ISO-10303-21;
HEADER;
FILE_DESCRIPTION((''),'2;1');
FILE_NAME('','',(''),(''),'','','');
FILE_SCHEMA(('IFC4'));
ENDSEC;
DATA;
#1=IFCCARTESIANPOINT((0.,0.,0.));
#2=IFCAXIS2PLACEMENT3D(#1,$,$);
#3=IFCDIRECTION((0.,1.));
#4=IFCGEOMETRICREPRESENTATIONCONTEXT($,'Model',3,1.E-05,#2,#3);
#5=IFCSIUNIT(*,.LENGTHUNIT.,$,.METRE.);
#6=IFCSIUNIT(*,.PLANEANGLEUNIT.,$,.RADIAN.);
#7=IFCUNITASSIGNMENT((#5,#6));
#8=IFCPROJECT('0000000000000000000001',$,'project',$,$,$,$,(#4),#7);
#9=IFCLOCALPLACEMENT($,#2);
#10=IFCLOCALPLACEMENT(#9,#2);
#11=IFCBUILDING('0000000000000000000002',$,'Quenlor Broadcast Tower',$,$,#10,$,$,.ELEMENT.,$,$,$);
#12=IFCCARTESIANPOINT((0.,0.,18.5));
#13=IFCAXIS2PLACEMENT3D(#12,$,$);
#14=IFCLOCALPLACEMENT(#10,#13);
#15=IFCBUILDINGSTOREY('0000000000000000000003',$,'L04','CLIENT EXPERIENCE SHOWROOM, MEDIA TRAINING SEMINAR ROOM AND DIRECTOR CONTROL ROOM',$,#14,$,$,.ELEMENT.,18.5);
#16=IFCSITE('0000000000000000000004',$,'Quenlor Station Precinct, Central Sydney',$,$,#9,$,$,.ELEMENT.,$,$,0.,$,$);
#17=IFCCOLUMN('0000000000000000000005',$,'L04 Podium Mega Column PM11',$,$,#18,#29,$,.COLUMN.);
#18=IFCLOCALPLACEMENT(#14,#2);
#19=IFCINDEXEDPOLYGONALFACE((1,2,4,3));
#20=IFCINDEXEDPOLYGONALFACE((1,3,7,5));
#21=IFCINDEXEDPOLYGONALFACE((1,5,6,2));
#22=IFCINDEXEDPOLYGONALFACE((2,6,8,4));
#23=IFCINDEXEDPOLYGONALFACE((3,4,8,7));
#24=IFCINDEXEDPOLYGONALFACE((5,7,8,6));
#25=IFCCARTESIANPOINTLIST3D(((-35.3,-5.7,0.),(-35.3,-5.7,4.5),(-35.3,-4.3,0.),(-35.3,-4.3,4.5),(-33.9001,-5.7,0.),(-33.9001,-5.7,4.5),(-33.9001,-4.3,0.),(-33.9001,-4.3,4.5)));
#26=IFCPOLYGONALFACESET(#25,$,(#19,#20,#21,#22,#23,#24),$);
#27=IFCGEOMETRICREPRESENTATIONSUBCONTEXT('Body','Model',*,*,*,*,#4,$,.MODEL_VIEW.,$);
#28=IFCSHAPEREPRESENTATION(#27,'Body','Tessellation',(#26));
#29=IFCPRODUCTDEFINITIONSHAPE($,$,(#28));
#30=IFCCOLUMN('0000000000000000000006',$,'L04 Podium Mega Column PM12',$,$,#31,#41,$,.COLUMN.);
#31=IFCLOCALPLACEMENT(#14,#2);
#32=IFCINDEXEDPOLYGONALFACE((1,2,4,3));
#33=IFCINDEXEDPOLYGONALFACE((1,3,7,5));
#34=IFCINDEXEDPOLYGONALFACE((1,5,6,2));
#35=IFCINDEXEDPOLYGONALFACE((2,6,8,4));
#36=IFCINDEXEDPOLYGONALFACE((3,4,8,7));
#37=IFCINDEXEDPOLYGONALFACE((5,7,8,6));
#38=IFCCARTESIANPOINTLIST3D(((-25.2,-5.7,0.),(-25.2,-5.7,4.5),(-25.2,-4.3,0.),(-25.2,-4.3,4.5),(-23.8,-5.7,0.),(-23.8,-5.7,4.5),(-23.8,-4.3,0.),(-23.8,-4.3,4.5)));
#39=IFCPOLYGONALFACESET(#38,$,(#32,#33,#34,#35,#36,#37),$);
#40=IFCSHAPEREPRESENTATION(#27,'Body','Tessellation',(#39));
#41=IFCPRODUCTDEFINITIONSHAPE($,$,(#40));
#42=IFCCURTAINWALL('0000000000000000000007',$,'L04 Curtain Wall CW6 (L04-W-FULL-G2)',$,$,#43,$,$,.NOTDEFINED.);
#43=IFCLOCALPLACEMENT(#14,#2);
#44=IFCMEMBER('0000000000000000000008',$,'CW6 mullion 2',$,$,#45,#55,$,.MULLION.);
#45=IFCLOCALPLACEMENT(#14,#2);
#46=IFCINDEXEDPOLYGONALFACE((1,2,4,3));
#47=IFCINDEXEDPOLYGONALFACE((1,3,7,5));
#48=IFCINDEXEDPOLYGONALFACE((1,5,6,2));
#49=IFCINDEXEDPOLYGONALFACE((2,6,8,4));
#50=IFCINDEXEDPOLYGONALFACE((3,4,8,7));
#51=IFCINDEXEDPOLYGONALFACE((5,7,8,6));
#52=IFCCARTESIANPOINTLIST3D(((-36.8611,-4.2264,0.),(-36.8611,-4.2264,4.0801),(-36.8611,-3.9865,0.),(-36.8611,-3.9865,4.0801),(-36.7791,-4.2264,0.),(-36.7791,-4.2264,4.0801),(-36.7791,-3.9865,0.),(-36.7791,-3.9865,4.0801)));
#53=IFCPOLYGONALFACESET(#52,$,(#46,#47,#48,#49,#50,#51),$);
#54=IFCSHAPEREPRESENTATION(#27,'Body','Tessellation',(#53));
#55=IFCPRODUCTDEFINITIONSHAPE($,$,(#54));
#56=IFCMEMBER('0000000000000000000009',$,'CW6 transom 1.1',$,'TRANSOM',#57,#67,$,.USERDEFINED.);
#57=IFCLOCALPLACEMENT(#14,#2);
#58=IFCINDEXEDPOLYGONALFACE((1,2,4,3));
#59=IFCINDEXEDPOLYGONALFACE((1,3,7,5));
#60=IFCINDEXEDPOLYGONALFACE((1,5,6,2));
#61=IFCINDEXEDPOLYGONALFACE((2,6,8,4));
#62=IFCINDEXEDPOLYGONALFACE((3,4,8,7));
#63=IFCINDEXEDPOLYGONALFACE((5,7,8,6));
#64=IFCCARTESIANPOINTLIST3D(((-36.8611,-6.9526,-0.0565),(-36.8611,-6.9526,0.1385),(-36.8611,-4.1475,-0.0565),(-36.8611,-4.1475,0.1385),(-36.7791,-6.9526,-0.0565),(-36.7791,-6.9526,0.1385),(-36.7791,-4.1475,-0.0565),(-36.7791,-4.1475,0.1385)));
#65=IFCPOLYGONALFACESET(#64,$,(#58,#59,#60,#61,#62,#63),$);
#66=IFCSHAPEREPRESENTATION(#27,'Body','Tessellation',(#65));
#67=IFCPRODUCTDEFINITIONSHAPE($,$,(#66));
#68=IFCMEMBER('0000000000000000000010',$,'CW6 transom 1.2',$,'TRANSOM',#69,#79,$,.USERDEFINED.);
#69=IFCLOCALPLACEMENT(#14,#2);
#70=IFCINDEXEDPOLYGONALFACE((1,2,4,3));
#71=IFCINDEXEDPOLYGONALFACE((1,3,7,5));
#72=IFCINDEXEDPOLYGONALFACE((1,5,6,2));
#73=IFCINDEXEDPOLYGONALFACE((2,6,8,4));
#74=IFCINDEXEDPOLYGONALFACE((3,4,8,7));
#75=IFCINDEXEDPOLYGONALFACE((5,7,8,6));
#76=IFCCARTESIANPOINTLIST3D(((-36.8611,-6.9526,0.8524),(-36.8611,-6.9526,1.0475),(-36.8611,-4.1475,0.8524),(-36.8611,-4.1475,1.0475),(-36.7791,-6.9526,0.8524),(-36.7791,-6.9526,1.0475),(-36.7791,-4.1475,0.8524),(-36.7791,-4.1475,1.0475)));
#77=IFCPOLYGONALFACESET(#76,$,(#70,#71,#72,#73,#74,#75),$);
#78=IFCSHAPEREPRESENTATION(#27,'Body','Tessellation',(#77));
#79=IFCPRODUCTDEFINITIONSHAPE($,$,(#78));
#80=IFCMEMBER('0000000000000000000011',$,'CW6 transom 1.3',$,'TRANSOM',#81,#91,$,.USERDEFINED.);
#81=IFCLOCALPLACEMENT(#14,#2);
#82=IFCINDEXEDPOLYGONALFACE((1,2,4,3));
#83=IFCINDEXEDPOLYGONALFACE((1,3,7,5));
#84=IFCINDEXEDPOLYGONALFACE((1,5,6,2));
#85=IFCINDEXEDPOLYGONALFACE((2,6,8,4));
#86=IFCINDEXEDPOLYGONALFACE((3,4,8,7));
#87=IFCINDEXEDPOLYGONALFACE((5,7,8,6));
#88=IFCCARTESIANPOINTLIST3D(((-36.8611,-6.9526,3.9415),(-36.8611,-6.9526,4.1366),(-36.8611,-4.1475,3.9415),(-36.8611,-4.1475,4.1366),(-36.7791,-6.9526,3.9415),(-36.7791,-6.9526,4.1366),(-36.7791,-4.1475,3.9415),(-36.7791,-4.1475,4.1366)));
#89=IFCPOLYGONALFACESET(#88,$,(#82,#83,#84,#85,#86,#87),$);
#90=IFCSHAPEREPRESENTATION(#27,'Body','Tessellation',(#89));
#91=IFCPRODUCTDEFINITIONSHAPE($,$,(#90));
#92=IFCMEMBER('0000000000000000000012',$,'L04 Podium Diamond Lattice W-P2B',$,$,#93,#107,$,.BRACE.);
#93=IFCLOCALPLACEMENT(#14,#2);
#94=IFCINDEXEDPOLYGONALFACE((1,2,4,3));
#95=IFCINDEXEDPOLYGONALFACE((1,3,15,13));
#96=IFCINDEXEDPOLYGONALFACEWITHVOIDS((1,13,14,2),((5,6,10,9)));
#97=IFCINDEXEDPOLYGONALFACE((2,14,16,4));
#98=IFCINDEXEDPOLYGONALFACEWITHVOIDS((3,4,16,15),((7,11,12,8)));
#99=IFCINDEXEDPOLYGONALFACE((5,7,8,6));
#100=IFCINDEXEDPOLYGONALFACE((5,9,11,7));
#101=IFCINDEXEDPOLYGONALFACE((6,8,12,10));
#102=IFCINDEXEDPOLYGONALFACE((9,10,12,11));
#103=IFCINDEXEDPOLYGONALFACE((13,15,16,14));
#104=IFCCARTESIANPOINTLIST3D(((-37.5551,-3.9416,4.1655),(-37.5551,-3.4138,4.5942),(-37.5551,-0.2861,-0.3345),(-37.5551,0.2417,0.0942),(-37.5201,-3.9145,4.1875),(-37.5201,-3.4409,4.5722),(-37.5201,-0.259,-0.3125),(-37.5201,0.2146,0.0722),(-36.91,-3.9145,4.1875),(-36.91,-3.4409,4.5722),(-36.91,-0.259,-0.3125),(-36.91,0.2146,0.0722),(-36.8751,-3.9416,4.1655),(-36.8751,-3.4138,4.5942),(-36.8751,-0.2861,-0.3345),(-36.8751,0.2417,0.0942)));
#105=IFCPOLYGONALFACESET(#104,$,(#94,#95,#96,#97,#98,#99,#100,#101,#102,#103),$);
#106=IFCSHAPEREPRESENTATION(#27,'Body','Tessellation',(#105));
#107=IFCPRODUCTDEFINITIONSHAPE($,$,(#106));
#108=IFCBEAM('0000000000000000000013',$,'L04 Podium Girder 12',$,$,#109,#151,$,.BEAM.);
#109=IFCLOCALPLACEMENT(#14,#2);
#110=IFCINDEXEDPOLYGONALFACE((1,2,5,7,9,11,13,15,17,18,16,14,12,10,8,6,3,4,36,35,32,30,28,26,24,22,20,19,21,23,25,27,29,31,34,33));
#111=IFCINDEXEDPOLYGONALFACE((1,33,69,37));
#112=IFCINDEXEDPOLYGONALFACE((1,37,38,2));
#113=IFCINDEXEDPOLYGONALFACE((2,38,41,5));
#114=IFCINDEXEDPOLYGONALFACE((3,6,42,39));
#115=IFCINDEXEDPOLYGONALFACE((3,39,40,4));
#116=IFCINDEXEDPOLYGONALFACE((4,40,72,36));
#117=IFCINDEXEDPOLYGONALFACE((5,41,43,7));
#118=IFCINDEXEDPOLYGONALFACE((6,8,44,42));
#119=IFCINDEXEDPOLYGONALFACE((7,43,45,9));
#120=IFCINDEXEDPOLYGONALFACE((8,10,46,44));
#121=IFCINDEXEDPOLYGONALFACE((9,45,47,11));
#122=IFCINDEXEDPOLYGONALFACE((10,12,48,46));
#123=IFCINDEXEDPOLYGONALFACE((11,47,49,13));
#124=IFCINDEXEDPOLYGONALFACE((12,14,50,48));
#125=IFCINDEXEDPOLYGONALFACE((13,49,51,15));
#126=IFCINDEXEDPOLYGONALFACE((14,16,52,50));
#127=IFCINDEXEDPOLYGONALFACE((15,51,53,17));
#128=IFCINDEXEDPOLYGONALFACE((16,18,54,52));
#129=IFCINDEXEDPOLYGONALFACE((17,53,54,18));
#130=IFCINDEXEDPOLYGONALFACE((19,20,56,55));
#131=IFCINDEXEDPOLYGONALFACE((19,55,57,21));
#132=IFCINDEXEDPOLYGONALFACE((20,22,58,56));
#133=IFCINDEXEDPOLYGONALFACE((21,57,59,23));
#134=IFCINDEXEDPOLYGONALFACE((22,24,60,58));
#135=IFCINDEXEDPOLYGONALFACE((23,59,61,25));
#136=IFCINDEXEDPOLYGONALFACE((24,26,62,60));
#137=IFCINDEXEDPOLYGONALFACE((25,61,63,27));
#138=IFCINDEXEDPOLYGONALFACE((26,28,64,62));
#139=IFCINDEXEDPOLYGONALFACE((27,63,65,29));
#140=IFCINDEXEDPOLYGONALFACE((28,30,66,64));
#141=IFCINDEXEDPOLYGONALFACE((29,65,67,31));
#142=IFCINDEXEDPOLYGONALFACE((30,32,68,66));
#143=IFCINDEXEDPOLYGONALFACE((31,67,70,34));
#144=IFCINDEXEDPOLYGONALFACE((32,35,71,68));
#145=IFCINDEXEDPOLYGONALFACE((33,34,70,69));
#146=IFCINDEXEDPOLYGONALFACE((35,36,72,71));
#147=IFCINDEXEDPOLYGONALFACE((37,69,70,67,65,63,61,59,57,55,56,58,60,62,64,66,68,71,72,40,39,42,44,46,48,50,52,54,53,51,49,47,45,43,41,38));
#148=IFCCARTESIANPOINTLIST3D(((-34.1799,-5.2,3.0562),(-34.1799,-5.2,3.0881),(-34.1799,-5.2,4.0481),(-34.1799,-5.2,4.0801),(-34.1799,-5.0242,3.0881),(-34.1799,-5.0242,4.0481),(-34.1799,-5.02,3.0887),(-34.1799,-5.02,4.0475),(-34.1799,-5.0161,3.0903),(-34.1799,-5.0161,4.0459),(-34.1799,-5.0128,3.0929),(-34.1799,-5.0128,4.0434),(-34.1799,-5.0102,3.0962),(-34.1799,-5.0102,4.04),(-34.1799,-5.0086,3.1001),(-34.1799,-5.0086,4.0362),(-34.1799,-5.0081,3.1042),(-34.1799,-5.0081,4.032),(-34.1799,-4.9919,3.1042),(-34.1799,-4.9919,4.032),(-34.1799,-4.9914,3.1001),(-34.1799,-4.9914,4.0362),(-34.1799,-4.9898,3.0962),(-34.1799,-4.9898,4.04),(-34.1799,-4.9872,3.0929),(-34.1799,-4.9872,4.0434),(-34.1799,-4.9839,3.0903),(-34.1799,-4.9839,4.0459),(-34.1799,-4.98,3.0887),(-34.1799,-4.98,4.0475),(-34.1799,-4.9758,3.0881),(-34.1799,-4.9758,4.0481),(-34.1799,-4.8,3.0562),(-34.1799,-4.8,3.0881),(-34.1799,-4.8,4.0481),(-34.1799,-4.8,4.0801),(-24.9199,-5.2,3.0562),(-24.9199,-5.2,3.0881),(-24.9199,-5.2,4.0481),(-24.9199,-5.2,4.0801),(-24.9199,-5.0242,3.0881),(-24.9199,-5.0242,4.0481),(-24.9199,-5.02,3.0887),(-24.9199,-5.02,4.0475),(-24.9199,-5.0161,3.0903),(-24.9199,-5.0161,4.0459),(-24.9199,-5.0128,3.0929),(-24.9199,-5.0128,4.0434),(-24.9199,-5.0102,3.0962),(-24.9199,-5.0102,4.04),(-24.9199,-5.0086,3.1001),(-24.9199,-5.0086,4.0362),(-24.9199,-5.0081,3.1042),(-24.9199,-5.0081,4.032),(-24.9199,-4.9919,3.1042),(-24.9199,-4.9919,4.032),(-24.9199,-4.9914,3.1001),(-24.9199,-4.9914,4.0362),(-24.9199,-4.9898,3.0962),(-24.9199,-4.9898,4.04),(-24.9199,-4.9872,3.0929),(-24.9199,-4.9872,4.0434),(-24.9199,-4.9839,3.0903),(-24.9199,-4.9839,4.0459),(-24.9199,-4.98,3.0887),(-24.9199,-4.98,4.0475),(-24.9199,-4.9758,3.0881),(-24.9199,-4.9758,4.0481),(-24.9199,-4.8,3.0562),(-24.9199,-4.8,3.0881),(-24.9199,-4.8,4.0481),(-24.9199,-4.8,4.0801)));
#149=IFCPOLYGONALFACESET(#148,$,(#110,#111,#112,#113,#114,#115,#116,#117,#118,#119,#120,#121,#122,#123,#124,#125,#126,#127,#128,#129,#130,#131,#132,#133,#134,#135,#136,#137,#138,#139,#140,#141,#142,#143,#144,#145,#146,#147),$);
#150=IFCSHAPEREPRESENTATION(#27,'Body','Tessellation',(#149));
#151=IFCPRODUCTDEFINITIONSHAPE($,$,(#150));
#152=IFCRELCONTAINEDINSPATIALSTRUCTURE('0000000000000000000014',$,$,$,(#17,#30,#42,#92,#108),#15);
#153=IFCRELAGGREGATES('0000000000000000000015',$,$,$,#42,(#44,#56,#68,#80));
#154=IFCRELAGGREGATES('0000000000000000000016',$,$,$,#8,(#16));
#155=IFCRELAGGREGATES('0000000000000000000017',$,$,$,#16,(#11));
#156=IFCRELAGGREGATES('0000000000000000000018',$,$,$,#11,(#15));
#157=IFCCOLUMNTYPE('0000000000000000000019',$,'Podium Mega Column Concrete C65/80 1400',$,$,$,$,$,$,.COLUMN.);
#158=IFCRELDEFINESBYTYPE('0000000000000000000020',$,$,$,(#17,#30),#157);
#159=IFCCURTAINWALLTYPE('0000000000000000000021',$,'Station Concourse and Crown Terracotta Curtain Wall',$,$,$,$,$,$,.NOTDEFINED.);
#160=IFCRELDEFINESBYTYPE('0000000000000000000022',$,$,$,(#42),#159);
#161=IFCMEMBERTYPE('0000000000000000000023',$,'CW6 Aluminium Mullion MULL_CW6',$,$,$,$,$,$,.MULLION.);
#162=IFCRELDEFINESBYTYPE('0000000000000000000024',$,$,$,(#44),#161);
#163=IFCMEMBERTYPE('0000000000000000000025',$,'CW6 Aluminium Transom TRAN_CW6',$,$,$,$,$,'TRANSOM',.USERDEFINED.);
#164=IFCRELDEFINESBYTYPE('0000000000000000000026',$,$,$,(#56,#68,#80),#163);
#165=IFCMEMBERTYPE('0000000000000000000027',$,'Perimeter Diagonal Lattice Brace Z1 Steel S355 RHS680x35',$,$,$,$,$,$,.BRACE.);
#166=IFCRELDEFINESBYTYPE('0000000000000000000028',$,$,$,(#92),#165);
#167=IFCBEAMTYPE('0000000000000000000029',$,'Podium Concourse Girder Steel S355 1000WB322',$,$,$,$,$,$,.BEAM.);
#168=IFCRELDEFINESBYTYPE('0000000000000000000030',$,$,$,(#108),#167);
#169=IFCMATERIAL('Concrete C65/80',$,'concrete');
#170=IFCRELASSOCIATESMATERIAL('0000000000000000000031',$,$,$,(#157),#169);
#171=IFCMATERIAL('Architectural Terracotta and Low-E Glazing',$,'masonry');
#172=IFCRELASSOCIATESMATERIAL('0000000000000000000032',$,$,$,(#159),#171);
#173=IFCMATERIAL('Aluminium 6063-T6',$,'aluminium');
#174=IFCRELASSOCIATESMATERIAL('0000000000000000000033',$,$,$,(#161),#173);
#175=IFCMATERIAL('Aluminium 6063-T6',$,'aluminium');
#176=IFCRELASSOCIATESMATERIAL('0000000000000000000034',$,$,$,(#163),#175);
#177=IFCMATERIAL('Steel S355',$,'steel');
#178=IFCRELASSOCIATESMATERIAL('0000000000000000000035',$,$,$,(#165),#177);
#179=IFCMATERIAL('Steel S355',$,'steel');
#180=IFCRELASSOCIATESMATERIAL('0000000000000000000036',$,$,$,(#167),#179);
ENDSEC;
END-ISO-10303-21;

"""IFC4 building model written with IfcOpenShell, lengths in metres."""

from ifc_helpers import new_model, si_unit, direction, frame, origin, origin_2d, place, context, subcontext, project, spatial, rectangle, hollow_rectangle, i_section, extrude, material, material_profile, profile_set, type_object, element, aggregate, save


model = new_model("IFC4")

# Units and contexts
model_context = context("Model", 3, precision=1e-05, world=origin(), true_north=direction((0.0, 1.0)))
body_context = subcontext(model_context, "Body", "Model", "MODEL_VIEW")
ifc_project = project(units=[si_unit("LENGTHUNIT", "METRE"), si_unit("PLANEANGLEUNIT", "RADIAN")], contexts=[model_context])

# Site, building, storey
site_placement = place(None, origin())
site = spatial("IfcSite", under=ifc_project, at=site_placement, Name="Quenlor Station Precinct, Central Sydney", CompositionType="ELEMENT", RefElevation=0.0)
building_placement = place(site_placement, origin())
building = spatial("IfcBuilding", under=site, at=building_placement, Name="Quenlor Broadcast Tower", CompositionType="ELEMENT")
storey_placement = place(building_placement, frame((0.0, 0.0, 18.5)))
storey = spatial("IfcBuildingStorey", under=building, at=storey_placement, Name="L04", Description="CLIENT EXPERIENCE SHOWROOM, MEDIA TRAINING SEMINAR ROOM AND DIRECTOR CONTROL ROOM", CompositionType="ELEMENT", Elevation=18.5)

# Columns
ifc_material_1 = material(Name="Concrete C65/80", Category="concrete")
ifc_material_profile_1 = material_profile(ifc_material_1, rectangle(XDim=1.3999, YDim=1.3999, at=origin_2d()))
ifc_profile_set_1 = profile_set([ifc_material_profile_1], Name="Concrete C65/80 RC1400x1400")
column_type = type_object("IfcColumnType", Name="Podium Mega Column Concrete C65/80 1400", PredefinedType="COLUMN", material=ifc_profile_set_1)
for number, where, z_axis, x_axis, name in (
    (1, (-34.6001, -5.0, 0.0), (0.0, 0.0, 1.0), (1.0, 0.0, 0.0), "L04 Podium Mega Column PM11"),
    (2, (-24.5, -5.0, 0.0), (0.0, 0.0, 1.0), (1.0, 0.0, 0.0), "L04 Podium Mega Column PM12"),
):
    element("IfcColumn", number, at=place(storey_placement, frame(where, z_axis=z_axis, x_axis=x_axis)), inside=storey, type_object=column_type, Name=name, PredefinedType="COLUMN", context=body_context, shape_type="SweptSolid", body=[
        extrude(rectangle(XDim=1.3999, YDim=1.3999, at=origin_2d()), origin(), (0.0, 0.0, 1.0), 4.5),
    ])

# Curtain wall, members
ifc_material_2 = material(Name="Architectural Terracotta and Low-E Glazing", Category="masonry")
curtain_wall_type = type_object("IfcCurtainWallType", Name="Station Concourse and Crown Terracotta Curtain Wall", PredefinedType="NOTDEFINED", material=ifc_material_2)
curtain_wall_placement = place(storey_placement, origin())
curtain_wall = element("IfcCurtainWall", 3, at=curtain_wall_placement, inside=storey, type_object=curtain_wall_type, Name="L04 Curtain Wall CW6 (L04-W-FULL-G2)", PredefinedType="NOTDEFINED")
ifc_material_3 = material(Name="Aluminium 6063-T6", Category="aluminium")
ifc_material_profile_2 = material_profile(ifc_material_3, rectangle(XDim=0.082, YDim=0.24, at=origin_2d()))
ifc_profile_set_2 = profile_set([ifc_material_profile_2], Name="Aluminium 6063-T6 MULL82x240")
member_type_1 = type_object("IfcMemberType", Name="CW6 Aluminium Mullion MULL_CW6", PredefinedType="MULLION", material=ifc_profile_set_2)
member_1_placement = place(storey_placement, frame((-36.8201, -4.1064, 0.0), z_axis=(0.0, 0.0, 1.0), x_axis=(-1.0, 0.0, 0.0)))
member_1 = element("IfcMember", 4, at=member_1_placement, type_object=member_type_1, Name="CW6 mullion 2", PredefinedType="MULLION", context=body_context, shape_type="SweptSolid", body=[
    extrude(rectangle(XDim=0.082, YDim=0.24, at=origin_2d()), origin(), (0.0, 0.0, 1.0), 4.0801),
])
ifc_material_4 = material(Name="Aluminium 6063-T6", Category="aluminium")
ifc_material_profile_3 = material_profile(ifc_material_4, rectangle(XDim=0.082, YDim=0.1951, at=origin_2d()))
ifc_profile_set_3 = profile_set([ifc_material_profile_3], Name="Aluminium 6063-T6 TRAN82x195")
member_type_2 = type_object("IfcMemberType", Name="CW6 Aluminium Transom TRAN_CW6", ElementType="TRANSOM", PredefinedType="USERDEFINED", material=ifc_profile_set_3)
member_2_placement = place(storey_placement, frame((-36.8201, -6.9526, 0.041), z_axis=(0.0, 1.0, 0.0), x_axis=(-1.0, 0.0, 0.0)))
member_2 = element("IfcMember", 5, at=member_2_placement, type_object=member_type_2, Name="CW6 transom 1.1", ObjectType="TRANSOM", PredefinedType="USERDEFINED", context=body_context, shape_type="SweptSolid", body=[
    extrude(rectangle(XDim=0.082, YDim=0.1951, at=origin_2d()), origin(), (0.0, 0.0, 1.0), 2.8052),
])
member_3_placement = place(storey_placement, frame((-36.8201, -6.9526, 0.95), z_axis=(0.0, 1.0, 0.0), x_axis=(-1.0, 0.0, 0.0)))
member_3 = element("IfcMember", 6, at=member_3_placement, type_object=member_type_2, Name="CW6 transom 1.2", ObjectType="TRANSOM", PredefinedType="USERDEFINED", context=body_context, shape_type="SweptSolid", body=[
    extrude(rectangle(XDim=0.082, YDim=0.1951, at=origin_2d()), origin(), (0.0, 0.0, 1.0), 2.8052),
])
member_4_placement = place(storey_placement, frame((-36.8201, -6.9526, 4.0391), z_axis=(0.0, 1.0, 0.0), x_axis=(-1.0, 0.0, 0.0)))
member_4 = element("IfcMember", 7, at=member_4_placement, type_object=member_type_2, Name="CW6 transom 1.3", ObjectType="TRANSOM", PredefinedType="USERDEFINED", context=body_context, shape_type="SweptSolid", body=[
    extrude(rectangle(XDim=0.082, YDim=0.1951, at=origin_2d()), origin(), (0.0, 0.0, 1.0), 2.8052),
])

# Member
ifc_material_5 = material(Name="Steel S355", Category="steel")
ifc_material_profile_4 = material_profile(ifc_material_5, hollow_rectangle(XDim=0.6799, YDim=0.6799, WallThickness=0.0349, at=origin_2d()))
ifc_profile_set_4 = profile_set([ifc_material_profile_4], Name="Steel S355 RHS680x680x35")
member_type_3 = type_object("IfcMemberType", Name="Perimeter Diagonal Lattice Brace Z1 Steel S355 RHS680x35", PredefinedType="BRACE", material=ifc_profile_set_4)
member_5_placement = place(storey_placement, frame((-37.2151, -0.0222, -0.1201), z_axis=(0.0, -0.630517, 0.776176), x_axis=(1.0, 0.0, 0.0)))
element("IfcMember", 8, at=member_5_placement, inside=storey, type_object=member_type_3, Name="L04 Podium Diamond Lattice W-P2B", PredefinedType="BRACE", context=body_context, shape_type="SweptSolid", body=[
    extrude(hollow_rectangle(XDim=0.6799, YDim=0.6799, WallThickness=0.0349, at=origin_2d()), origin(), (0.0, 0.0, 1.0), 5.7976),
])

# Beam
ifc_material_6 = material(Name="Steel S355", Category="steel")
ifc_material_profile_5 = material_profile(ifc_material_6, i_section(OverallWidth=0.3999, OverallDepth=1.0239, WebThickness=0.0161, FlangeThickness=0.032, FilletRadius=0.0161, at=origin_2d()))
ifc_profile_set_5 = profile_set([ifc_material_profile_5], Name="Steel S355 1000WB322")
beam_type_1 = type_object("IfcBeamType", Name="Podium Concourse Girder Steel S355 1000WB322", PredefinedType="BEAM", material=ifc_profile_set_5)
beam_1_placement = place(storey_placement, frame((-34.1799, -5.0, 3.5681), z_axis=(1.0, 0.0, 0.0), x_axis=(0.0, 1.0, 0.0)))
element("IfcBeam", 9, at=beam_1_placement, inside=storey, type_object=beam_type_1, Name="L04 Podium Girder 12", PredefinedType="BEAM", context=body_context, shape_type="SweptSolid", body=[
    extrude(i_section(OverallWidth=0.3999, OverallDepth=1.0239, WebThickness=0.0161, FlangeThickness=0.032, FilletRadius=0.0161, at=origin_2d()), origin(), (0.0, 0.0, 1.0), 9.26),
])

aggregate(curtain_wall, [member_1, member_2, member_3, member_4])

save(model, "model.ifc")
